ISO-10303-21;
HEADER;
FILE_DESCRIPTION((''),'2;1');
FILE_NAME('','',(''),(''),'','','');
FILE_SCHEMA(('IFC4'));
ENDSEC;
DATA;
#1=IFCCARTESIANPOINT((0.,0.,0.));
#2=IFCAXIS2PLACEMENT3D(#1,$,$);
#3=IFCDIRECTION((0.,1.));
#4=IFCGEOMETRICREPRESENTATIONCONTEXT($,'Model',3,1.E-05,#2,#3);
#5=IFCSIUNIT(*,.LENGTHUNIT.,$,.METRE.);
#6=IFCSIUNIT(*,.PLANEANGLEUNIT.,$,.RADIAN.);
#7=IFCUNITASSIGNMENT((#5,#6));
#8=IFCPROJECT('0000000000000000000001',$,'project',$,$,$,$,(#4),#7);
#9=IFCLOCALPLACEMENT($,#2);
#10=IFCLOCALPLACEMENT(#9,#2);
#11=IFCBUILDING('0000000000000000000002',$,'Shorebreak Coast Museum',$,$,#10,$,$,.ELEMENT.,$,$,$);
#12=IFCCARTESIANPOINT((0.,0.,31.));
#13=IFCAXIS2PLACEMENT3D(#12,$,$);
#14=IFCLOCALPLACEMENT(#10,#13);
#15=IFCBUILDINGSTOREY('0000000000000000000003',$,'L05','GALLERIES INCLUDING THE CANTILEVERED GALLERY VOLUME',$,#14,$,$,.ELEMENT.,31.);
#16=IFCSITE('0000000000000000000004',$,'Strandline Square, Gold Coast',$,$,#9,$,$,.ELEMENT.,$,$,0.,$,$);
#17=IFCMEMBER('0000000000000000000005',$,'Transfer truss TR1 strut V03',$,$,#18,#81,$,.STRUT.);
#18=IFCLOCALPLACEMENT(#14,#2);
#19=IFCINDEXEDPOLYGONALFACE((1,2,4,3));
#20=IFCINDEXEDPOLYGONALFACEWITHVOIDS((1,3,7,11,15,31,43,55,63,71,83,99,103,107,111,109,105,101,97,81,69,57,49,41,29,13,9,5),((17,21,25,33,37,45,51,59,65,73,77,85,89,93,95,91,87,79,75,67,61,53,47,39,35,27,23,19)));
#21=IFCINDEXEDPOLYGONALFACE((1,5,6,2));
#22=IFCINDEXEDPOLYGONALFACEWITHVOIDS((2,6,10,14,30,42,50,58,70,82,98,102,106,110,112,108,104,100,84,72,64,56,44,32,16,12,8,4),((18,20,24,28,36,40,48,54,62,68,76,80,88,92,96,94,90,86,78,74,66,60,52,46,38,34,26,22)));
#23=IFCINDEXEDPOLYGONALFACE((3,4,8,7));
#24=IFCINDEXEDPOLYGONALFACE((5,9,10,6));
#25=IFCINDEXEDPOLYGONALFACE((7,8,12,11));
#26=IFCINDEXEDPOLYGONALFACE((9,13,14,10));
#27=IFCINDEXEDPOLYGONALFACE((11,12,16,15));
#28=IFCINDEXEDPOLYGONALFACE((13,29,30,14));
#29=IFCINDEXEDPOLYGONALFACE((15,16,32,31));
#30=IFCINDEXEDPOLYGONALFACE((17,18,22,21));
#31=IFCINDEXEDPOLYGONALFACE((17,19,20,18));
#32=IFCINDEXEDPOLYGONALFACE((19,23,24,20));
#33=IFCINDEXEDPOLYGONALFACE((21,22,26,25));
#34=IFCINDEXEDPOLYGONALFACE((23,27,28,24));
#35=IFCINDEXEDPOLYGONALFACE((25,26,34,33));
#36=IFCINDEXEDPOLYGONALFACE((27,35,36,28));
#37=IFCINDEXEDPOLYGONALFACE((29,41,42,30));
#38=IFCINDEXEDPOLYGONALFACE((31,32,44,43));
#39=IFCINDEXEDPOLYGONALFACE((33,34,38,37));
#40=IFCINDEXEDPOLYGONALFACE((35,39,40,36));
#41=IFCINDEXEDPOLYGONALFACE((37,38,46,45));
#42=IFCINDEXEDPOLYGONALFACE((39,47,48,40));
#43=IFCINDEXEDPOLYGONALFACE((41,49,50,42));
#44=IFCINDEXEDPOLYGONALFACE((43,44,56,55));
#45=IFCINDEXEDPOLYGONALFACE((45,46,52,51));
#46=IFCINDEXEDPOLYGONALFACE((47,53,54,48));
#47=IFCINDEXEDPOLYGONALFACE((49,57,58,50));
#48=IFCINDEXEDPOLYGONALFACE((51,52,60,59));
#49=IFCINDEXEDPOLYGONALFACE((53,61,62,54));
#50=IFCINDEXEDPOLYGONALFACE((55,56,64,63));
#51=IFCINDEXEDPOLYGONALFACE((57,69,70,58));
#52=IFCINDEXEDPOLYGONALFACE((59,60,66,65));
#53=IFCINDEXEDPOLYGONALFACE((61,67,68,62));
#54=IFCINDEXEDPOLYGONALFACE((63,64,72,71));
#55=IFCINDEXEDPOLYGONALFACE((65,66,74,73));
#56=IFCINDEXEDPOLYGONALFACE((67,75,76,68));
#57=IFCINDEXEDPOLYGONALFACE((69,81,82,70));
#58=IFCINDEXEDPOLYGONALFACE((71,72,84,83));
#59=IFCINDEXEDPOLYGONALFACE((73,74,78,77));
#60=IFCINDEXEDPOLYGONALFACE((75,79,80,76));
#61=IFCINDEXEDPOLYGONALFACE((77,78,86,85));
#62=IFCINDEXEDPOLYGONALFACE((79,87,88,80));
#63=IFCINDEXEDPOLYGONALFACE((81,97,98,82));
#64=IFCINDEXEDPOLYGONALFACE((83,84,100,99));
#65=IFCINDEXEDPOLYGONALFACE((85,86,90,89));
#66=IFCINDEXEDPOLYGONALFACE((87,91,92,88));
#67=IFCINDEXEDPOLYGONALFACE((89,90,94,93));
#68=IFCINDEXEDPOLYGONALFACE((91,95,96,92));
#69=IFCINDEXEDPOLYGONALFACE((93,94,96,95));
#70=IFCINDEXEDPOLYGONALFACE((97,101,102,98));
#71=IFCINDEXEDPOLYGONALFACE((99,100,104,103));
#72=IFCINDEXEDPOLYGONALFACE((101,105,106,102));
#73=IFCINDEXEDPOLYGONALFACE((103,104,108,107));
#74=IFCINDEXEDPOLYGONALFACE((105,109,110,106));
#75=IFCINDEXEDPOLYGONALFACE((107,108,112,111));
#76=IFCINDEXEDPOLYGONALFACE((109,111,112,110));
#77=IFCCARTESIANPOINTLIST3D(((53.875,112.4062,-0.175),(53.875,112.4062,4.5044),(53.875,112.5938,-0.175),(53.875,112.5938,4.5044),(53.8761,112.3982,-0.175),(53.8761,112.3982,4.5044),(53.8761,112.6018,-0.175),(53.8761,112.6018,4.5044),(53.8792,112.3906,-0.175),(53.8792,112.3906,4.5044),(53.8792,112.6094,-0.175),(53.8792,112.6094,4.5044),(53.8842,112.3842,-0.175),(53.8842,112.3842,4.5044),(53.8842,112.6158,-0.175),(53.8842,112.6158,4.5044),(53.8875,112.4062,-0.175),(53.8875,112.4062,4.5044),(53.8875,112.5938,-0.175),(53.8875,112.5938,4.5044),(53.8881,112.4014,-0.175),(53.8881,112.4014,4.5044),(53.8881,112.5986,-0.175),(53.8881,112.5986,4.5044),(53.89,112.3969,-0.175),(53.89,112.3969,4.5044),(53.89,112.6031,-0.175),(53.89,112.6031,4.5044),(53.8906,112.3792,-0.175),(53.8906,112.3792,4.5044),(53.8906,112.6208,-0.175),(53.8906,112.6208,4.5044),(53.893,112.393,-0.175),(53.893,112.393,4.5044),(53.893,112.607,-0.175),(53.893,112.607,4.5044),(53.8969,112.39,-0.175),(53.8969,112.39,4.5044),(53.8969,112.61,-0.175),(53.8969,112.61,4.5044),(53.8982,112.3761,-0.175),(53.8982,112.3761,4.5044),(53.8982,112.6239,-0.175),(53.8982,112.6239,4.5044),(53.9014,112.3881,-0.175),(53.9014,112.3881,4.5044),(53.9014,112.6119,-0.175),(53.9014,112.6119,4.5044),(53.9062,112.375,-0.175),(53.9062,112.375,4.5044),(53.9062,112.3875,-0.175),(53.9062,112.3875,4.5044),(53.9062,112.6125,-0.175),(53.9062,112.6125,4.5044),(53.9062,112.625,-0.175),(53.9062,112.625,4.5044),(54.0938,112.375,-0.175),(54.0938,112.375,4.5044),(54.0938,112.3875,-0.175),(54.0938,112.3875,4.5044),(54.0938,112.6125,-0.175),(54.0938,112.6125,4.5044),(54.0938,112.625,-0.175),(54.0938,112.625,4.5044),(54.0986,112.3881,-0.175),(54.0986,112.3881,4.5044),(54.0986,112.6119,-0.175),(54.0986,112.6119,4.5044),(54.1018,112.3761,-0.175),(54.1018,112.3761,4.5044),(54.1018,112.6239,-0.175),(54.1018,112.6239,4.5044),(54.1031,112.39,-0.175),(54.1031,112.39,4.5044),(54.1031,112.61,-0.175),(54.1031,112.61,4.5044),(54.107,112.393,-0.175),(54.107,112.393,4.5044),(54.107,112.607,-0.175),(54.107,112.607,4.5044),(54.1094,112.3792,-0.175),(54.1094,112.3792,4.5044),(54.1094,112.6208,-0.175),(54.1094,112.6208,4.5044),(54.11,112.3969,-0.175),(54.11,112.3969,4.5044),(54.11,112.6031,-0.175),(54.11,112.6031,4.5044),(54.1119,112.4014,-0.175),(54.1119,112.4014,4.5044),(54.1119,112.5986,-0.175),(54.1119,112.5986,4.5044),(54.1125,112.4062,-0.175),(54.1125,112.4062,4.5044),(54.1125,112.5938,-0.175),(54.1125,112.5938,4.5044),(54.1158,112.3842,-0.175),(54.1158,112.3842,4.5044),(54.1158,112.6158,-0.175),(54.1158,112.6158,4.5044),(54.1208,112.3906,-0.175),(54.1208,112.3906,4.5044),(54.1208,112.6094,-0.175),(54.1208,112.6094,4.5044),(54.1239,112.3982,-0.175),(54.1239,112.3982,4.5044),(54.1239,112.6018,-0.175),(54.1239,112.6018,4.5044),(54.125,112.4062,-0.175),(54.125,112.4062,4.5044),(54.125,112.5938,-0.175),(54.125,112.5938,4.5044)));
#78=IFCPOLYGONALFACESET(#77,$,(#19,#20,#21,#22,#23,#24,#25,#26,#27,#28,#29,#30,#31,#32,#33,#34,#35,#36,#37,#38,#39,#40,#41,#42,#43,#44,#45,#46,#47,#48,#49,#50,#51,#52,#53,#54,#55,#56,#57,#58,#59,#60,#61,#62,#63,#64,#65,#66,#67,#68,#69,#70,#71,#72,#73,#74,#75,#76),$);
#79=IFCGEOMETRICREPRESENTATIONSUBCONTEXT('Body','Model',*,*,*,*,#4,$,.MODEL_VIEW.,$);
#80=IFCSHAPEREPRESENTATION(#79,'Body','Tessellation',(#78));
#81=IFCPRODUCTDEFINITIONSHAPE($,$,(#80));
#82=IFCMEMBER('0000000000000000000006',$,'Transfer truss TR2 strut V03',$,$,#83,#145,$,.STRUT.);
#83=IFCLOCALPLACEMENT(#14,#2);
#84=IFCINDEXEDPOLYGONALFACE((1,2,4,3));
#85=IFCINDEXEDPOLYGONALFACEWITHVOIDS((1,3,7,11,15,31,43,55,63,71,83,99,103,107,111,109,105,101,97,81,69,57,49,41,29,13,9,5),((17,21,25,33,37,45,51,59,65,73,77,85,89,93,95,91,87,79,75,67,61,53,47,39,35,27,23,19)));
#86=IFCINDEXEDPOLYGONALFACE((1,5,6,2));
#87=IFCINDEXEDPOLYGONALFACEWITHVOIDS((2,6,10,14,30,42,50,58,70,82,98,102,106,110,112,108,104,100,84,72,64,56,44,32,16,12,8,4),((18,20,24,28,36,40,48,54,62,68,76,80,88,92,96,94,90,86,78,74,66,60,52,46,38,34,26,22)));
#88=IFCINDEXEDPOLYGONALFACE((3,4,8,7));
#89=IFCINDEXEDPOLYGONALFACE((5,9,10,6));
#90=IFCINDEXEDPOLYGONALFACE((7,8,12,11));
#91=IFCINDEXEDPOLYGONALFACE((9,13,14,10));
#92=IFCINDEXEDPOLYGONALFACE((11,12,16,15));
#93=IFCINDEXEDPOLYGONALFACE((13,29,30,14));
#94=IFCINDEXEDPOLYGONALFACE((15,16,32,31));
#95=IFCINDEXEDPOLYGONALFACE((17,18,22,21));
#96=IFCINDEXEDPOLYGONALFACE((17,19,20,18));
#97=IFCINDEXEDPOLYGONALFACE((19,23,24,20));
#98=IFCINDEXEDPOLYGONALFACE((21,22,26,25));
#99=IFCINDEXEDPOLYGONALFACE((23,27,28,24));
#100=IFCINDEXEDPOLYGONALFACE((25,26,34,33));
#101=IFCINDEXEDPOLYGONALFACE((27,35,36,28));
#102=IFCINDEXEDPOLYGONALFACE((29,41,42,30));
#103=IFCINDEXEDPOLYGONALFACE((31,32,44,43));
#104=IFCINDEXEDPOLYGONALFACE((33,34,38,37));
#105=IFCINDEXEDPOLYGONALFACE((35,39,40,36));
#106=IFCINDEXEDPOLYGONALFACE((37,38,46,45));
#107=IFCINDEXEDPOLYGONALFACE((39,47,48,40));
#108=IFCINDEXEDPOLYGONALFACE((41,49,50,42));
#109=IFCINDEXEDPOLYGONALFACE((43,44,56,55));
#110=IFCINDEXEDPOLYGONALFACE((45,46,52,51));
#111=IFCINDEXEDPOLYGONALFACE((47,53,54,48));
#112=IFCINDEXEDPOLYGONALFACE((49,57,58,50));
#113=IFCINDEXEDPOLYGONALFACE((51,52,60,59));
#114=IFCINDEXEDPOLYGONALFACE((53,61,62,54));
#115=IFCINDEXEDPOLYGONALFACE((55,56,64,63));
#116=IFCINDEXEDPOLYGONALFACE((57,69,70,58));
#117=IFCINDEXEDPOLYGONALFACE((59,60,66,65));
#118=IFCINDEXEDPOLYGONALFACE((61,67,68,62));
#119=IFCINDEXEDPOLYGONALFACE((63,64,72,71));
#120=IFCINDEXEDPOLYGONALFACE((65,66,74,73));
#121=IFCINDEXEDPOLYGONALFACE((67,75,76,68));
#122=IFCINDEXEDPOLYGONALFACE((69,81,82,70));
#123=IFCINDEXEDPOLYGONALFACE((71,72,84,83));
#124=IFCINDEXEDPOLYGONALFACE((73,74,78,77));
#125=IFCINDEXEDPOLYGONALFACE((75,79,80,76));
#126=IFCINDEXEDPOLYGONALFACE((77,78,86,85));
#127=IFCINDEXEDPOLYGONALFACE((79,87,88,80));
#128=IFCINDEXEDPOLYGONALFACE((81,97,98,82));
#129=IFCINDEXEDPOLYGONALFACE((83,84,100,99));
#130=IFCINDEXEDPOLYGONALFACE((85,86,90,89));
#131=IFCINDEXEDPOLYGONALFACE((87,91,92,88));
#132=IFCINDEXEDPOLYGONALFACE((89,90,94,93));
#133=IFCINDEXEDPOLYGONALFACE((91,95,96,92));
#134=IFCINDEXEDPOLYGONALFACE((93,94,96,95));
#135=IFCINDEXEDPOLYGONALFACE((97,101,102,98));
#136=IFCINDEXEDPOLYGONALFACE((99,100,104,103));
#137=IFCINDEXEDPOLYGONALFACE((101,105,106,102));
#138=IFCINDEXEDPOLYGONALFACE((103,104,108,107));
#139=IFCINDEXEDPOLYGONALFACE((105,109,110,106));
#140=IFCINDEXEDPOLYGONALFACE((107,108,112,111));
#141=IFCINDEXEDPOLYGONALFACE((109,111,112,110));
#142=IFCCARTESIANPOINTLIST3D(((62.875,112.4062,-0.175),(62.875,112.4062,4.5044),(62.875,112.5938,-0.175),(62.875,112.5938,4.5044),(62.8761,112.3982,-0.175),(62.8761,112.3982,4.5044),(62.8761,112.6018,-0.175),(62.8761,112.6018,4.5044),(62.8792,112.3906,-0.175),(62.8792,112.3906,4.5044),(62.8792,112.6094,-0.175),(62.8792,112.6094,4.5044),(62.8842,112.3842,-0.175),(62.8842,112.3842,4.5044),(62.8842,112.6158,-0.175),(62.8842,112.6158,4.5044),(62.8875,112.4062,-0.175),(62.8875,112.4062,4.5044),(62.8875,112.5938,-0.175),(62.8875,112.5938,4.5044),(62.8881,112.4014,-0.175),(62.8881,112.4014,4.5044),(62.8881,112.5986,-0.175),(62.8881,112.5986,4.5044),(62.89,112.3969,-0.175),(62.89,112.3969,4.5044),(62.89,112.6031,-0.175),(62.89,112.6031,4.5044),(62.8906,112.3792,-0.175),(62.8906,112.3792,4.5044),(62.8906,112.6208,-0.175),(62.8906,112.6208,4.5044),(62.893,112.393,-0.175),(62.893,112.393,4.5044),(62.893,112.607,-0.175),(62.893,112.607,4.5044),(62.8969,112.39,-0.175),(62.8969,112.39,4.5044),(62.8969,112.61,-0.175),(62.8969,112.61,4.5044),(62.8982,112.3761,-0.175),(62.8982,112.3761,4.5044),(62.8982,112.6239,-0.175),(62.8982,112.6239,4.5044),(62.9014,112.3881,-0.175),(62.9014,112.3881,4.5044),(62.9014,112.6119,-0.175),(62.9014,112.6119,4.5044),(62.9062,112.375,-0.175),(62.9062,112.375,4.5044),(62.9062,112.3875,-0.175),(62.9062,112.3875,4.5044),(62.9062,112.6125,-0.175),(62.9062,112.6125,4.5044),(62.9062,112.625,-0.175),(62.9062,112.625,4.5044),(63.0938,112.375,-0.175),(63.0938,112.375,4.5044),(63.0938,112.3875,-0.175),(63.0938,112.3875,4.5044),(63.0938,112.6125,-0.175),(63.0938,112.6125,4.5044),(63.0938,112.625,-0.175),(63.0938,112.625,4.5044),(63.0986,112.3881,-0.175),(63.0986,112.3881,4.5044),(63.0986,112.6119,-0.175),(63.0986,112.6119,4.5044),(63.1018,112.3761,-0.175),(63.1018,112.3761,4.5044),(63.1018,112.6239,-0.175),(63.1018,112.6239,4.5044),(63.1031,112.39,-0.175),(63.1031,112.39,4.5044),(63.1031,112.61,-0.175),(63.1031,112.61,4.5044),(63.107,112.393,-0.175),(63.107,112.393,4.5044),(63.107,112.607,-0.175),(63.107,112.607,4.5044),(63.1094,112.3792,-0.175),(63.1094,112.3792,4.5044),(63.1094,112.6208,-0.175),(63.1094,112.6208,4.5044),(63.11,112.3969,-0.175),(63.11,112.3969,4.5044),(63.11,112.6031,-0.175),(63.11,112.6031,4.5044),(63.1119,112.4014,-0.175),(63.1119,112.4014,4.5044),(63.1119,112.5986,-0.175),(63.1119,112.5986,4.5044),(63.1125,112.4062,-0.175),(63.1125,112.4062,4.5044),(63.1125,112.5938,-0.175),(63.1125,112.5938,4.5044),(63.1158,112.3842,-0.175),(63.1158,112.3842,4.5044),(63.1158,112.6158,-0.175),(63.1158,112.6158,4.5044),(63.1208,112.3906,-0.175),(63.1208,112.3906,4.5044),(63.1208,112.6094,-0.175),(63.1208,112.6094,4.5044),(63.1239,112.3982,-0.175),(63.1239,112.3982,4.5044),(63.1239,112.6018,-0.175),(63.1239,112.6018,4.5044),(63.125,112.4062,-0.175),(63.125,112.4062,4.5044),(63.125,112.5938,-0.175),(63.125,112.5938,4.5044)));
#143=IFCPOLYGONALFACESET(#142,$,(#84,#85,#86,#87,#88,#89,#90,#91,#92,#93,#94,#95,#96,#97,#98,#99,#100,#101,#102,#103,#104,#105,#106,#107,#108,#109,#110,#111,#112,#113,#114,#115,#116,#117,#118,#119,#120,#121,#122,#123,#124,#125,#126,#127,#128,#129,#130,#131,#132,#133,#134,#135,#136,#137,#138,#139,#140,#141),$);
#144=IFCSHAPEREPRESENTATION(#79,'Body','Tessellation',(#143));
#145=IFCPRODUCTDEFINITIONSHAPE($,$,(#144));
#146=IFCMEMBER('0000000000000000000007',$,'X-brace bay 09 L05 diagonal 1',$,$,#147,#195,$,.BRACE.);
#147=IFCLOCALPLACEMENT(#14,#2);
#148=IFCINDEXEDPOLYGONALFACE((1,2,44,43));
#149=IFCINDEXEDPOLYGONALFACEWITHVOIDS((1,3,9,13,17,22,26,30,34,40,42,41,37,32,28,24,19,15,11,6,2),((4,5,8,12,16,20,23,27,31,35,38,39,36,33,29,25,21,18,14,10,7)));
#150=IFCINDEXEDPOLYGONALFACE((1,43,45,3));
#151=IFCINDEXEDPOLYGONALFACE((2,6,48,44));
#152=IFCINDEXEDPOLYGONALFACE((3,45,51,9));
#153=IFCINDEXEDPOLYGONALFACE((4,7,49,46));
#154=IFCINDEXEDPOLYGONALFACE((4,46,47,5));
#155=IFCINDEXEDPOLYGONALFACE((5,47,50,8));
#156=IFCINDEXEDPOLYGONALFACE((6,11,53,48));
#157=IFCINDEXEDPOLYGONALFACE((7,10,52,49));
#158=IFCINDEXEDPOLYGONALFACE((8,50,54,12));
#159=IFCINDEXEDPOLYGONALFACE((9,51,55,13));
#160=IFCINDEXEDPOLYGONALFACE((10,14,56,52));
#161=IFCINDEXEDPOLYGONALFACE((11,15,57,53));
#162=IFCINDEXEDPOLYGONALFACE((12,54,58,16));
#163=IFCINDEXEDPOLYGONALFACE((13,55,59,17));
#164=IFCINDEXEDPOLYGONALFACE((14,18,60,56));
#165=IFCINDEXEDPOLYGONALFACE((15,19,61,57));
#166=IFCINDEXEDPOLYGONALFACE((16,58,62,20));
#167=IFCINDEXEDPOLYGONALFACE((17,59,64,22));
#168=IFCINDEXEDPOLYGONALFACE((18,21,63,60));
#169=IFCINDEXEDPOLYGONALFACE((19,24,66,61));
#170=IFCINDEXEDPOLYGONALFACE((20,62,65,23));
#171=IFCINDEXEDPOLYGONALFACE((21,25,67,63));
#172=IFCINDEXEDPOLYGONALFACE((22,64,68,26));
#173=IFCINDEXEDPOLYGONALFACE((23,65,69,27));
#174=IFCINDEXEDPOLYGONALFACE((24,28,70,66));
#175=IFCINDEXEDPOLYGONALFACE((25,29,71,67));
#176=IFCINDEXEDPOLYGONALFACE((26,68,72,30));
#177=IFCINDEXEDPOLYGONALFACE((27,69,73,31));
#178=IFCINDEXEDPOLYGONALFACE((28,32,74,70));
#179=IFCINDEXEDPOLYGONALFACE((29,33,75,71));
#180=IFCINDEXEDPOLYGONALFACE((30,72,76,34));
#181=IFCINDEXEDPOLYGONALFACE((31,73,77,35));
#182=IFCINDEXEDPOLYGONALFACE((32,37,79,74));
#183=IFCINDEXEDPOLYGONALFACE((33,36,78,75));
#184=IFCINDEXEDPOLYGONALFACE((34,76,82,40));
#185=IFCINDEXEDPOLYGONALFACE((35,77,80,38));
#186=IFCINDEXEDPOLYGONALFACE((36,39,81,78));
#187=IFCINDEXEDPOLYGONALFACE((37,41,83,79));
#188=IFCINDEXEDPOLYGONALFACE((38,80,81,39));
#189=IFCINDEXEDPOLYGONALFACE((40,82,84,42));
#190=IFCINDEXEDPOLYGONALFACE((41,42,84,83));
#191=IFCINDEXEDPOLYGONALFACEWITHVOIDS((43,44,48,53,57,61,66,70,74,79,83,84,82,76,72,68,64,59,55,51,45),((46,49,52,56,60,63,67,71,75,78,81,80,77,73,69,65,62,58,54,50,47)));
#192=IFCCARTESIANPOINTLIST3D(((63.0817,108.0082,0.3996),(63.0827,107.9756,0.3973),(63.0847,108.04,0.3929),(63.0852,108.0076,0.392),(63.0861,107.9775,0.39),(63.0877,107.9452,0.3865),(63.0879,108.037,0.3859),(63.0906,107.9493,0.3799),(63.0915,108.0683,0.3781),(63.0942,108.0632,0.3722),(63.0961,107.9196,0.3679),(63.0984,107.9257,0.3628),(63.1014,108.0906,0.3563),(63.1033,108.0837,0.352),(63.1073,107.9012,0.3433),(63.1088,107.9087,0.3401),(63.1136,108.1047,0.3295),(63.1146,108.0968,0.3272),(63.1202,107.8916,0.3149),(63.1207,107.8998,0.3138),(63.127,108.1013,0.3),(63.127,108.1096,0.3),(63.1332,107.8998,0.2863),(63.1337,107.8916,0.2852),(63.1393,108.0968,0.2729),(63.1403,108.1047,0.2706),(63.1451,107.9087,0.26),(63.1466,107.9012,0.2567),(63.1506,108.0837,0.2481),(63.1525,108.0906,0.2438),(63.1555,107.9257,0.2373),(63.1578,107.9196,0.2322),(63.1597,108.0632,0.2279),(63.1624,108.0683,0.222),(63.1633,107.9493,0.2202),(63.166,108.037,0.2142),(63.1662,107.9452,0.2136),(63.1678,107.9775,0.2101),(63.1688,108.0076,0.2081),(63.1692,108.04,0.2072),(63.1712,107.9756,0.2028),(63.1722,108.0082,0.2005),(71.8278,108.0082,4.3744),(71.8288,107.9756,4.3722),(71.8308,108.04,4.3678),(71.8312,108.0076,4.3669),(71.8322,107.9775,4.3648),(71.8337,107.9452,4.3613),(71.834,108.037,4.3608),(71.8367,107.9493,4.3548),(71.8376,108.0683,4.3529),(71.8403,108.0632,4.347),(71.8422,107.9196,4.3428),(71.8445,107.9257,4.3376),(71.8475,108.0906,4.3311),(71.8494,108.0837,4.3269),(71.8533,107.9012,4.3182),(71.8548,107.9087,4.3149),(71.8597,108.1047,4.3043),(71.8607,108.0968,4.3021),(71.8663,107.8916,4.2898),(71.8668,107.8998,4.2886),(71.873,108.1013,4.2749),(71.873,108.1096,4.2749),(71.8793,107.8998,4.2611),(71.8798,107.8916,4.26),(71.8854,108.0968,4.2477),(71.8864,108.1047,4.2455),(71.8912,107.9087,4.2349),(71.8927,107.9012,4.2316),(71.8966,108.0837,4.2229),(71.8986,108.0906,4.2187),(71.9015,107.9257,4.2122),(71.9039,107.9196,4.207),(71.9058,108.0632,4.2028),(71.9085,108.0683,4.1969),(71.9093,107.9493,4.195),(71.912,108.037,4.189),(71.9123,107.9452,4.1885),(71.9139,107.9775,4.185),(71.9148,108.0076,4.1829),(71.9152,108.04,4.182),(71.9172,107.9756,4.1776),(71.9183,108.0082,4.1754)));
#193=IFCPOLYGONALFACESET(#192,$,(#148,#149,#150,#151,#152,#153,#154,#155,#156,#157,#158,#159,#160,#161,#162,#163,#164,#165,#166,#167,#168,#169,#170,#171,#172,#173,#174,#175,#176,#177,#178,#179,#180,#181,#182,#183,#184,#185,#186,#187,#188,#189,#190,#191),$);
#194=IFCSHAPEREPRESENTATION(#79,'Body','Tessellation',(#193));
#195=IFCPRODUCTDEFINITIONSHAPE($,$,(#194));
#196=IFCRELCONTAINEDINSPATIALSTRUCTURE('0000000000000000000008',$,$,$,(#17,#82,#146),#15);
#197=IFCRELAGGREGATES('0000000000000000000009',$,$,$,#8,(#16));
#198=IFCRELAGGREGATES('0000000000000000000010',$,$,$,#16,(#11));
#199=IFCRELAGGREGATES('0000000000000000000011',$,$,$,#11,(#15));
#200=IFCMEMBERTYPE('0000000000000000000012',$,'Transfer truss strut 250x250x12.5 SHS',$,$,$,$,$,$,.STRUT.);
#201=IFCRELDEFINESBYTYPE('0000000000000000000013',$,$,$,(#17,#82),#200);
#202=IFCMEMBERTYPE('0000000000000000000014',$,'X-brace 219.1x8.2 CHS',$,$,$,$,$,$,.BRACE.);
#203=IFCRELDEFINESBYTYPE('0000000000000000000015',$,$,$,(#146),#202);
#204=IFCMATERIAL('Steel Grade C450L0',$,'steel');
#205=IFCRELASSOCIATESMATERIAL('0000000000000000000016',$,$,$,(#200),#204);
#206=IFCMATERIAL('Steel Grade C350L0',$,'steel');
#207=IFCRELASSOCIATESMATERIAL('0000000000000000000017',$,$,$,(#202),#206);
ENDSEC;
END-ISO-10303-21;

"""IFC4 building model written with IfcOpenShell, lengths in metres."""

from ifc_helpers import new_model, si_unit, direction, frame, origin, origin_2d, place, context, subcontext, project, spatial, hollow_rectangle, hollow_circle, extrude, material, material_profile, profile_set, type_object, element, save


model = new_model("IFC4")

# Units and contexts
model_context = context("Model", 3, precision=1e-05, world=origin(), true_north=direction((0.0, 1.0)))
body_context = subcontext(model_context, "Body", "Model", "MODEL_VIEW")
ifc_project = project(units=[si_unit("LENGTHUNIT", "METRE"), si_unit("PLANEANGLEUNIT", "RADIAN")], contexts=[model_context])

# Site, building, storey
site_placement = place(None, origin())
site = spatial("IfcSite", under=ifc_project, at=site_placement, Name="Strandline Square, Gold Coast", CompositionType="ELEMENT", RefElevation=0.0)
building_placement = place(site_placement, origin())
building = spatial("IfcBuilding", under=site, at=building_placement, Name="Shorebreak Coast Museum", CompositionType="ELEMENT")
storey_placement = place(building_placement, frame((0.0, 0.0, 31.0)))
storey = spatial("IfcBuildingStorey", under=building, at=storey_placement, Name="L05", Description="GALLERIES INCLUDING THE CANTILEVERED GALLERY VOLUME", CompositionType="ELEMENT", Elevation=31.0)

# Members
ifc_material_1 = material(Name="Steel Grade C450L0", Category="steel")
ifc_material_profile_1 = material_profile(ifc_material_1, hollow_rectangle(XDim=0.25, YDim=0.25, WallThickness=0.0125, InnerFilletRadius=0.0188, OuterFilletRadius=0.0312, at=origin_2d()), Name="250x250x12.5 SHS")
ifc_profile_set_1 = profile_set([ifc_material_profile_1], Name="Steel Grade C450L0")
member_type_1 = type_object("IfcMemberType", Name="Transfer truss strut 250x250x12.5 SHS", PredefinedType="STRUT", material=ifc_profile_set_1)
for number, where, z_axis, x_axis, name in (
    (1, (54.0, 112.5, -0.175), (0.0, 0.0, 1.0), (1.0, 0.0, 0.0), "Transfer truss TR1 strut V03"),
    (2, (63.0, 112.5, -0.175), (0.0, 0.0, 1.0), (1.0, 0.0, 0.0), "Transfer truss TR2 strut V03"),
):
    element("IfcMember", number, at=place(storey_placement, frame(where, z_axis=z_axis, x_axis=x_axis)), inside=storey, type_object=member_type_1, Name=name, PredefinedType="STRUT", context=body_context, shape_type="SweptSolid", body=[
        extrude(hollow_rectangle(XDim=0.25, YDim=0.25, WallThickness=0.0125, InnerFilletRadius=0.0188, OuterFilletRadius=0.0312, at=origin_2d()), origin(), (0.0, 0.0, 1.0), 4.6794),
    ])
ifc_material_2 = material(Name="Steel Grade C350L0", Category="steel")
ifc_material_profile_2 = material_profile(ifc_material_2, hollow_circle(Radius=0.1096, WallThickness=0.0083, at=origin_2d()), Name="219.1x8.2 CHS")
ifc_profile_set_2 = profile_set([ifc_material_profile_2], Name="Steel Grade C350L0")
member_type_2 = type_object("IfcMemberType", Name="X-brace 219.1x8.2 CHS", PredefinedType="BRACE", material=ifc_profile_set_2)
member_placement = place(storey_placement, frame((63.127, 108.0, 0.3), z_axis=(0.910392, 0.0, 0.413747), x_axis=(0.0, 1.0, 0.0)))
element("IfcMember", 3, at=member_placement, inside=storey, type_object=member_type_2, Name="X-brace bay 09 L05 diagonal 1", PredefinedType="BRACE", context=body_context, shape_type="SweptSolid", body=[
    extrude(hollow_circle(Radius=0.1096, WallThickness=0.0083, at=origin_2d()), origin(), (0.0, 0.0, 1.0), 9.6069),
])

save(model, "model.ifc")
